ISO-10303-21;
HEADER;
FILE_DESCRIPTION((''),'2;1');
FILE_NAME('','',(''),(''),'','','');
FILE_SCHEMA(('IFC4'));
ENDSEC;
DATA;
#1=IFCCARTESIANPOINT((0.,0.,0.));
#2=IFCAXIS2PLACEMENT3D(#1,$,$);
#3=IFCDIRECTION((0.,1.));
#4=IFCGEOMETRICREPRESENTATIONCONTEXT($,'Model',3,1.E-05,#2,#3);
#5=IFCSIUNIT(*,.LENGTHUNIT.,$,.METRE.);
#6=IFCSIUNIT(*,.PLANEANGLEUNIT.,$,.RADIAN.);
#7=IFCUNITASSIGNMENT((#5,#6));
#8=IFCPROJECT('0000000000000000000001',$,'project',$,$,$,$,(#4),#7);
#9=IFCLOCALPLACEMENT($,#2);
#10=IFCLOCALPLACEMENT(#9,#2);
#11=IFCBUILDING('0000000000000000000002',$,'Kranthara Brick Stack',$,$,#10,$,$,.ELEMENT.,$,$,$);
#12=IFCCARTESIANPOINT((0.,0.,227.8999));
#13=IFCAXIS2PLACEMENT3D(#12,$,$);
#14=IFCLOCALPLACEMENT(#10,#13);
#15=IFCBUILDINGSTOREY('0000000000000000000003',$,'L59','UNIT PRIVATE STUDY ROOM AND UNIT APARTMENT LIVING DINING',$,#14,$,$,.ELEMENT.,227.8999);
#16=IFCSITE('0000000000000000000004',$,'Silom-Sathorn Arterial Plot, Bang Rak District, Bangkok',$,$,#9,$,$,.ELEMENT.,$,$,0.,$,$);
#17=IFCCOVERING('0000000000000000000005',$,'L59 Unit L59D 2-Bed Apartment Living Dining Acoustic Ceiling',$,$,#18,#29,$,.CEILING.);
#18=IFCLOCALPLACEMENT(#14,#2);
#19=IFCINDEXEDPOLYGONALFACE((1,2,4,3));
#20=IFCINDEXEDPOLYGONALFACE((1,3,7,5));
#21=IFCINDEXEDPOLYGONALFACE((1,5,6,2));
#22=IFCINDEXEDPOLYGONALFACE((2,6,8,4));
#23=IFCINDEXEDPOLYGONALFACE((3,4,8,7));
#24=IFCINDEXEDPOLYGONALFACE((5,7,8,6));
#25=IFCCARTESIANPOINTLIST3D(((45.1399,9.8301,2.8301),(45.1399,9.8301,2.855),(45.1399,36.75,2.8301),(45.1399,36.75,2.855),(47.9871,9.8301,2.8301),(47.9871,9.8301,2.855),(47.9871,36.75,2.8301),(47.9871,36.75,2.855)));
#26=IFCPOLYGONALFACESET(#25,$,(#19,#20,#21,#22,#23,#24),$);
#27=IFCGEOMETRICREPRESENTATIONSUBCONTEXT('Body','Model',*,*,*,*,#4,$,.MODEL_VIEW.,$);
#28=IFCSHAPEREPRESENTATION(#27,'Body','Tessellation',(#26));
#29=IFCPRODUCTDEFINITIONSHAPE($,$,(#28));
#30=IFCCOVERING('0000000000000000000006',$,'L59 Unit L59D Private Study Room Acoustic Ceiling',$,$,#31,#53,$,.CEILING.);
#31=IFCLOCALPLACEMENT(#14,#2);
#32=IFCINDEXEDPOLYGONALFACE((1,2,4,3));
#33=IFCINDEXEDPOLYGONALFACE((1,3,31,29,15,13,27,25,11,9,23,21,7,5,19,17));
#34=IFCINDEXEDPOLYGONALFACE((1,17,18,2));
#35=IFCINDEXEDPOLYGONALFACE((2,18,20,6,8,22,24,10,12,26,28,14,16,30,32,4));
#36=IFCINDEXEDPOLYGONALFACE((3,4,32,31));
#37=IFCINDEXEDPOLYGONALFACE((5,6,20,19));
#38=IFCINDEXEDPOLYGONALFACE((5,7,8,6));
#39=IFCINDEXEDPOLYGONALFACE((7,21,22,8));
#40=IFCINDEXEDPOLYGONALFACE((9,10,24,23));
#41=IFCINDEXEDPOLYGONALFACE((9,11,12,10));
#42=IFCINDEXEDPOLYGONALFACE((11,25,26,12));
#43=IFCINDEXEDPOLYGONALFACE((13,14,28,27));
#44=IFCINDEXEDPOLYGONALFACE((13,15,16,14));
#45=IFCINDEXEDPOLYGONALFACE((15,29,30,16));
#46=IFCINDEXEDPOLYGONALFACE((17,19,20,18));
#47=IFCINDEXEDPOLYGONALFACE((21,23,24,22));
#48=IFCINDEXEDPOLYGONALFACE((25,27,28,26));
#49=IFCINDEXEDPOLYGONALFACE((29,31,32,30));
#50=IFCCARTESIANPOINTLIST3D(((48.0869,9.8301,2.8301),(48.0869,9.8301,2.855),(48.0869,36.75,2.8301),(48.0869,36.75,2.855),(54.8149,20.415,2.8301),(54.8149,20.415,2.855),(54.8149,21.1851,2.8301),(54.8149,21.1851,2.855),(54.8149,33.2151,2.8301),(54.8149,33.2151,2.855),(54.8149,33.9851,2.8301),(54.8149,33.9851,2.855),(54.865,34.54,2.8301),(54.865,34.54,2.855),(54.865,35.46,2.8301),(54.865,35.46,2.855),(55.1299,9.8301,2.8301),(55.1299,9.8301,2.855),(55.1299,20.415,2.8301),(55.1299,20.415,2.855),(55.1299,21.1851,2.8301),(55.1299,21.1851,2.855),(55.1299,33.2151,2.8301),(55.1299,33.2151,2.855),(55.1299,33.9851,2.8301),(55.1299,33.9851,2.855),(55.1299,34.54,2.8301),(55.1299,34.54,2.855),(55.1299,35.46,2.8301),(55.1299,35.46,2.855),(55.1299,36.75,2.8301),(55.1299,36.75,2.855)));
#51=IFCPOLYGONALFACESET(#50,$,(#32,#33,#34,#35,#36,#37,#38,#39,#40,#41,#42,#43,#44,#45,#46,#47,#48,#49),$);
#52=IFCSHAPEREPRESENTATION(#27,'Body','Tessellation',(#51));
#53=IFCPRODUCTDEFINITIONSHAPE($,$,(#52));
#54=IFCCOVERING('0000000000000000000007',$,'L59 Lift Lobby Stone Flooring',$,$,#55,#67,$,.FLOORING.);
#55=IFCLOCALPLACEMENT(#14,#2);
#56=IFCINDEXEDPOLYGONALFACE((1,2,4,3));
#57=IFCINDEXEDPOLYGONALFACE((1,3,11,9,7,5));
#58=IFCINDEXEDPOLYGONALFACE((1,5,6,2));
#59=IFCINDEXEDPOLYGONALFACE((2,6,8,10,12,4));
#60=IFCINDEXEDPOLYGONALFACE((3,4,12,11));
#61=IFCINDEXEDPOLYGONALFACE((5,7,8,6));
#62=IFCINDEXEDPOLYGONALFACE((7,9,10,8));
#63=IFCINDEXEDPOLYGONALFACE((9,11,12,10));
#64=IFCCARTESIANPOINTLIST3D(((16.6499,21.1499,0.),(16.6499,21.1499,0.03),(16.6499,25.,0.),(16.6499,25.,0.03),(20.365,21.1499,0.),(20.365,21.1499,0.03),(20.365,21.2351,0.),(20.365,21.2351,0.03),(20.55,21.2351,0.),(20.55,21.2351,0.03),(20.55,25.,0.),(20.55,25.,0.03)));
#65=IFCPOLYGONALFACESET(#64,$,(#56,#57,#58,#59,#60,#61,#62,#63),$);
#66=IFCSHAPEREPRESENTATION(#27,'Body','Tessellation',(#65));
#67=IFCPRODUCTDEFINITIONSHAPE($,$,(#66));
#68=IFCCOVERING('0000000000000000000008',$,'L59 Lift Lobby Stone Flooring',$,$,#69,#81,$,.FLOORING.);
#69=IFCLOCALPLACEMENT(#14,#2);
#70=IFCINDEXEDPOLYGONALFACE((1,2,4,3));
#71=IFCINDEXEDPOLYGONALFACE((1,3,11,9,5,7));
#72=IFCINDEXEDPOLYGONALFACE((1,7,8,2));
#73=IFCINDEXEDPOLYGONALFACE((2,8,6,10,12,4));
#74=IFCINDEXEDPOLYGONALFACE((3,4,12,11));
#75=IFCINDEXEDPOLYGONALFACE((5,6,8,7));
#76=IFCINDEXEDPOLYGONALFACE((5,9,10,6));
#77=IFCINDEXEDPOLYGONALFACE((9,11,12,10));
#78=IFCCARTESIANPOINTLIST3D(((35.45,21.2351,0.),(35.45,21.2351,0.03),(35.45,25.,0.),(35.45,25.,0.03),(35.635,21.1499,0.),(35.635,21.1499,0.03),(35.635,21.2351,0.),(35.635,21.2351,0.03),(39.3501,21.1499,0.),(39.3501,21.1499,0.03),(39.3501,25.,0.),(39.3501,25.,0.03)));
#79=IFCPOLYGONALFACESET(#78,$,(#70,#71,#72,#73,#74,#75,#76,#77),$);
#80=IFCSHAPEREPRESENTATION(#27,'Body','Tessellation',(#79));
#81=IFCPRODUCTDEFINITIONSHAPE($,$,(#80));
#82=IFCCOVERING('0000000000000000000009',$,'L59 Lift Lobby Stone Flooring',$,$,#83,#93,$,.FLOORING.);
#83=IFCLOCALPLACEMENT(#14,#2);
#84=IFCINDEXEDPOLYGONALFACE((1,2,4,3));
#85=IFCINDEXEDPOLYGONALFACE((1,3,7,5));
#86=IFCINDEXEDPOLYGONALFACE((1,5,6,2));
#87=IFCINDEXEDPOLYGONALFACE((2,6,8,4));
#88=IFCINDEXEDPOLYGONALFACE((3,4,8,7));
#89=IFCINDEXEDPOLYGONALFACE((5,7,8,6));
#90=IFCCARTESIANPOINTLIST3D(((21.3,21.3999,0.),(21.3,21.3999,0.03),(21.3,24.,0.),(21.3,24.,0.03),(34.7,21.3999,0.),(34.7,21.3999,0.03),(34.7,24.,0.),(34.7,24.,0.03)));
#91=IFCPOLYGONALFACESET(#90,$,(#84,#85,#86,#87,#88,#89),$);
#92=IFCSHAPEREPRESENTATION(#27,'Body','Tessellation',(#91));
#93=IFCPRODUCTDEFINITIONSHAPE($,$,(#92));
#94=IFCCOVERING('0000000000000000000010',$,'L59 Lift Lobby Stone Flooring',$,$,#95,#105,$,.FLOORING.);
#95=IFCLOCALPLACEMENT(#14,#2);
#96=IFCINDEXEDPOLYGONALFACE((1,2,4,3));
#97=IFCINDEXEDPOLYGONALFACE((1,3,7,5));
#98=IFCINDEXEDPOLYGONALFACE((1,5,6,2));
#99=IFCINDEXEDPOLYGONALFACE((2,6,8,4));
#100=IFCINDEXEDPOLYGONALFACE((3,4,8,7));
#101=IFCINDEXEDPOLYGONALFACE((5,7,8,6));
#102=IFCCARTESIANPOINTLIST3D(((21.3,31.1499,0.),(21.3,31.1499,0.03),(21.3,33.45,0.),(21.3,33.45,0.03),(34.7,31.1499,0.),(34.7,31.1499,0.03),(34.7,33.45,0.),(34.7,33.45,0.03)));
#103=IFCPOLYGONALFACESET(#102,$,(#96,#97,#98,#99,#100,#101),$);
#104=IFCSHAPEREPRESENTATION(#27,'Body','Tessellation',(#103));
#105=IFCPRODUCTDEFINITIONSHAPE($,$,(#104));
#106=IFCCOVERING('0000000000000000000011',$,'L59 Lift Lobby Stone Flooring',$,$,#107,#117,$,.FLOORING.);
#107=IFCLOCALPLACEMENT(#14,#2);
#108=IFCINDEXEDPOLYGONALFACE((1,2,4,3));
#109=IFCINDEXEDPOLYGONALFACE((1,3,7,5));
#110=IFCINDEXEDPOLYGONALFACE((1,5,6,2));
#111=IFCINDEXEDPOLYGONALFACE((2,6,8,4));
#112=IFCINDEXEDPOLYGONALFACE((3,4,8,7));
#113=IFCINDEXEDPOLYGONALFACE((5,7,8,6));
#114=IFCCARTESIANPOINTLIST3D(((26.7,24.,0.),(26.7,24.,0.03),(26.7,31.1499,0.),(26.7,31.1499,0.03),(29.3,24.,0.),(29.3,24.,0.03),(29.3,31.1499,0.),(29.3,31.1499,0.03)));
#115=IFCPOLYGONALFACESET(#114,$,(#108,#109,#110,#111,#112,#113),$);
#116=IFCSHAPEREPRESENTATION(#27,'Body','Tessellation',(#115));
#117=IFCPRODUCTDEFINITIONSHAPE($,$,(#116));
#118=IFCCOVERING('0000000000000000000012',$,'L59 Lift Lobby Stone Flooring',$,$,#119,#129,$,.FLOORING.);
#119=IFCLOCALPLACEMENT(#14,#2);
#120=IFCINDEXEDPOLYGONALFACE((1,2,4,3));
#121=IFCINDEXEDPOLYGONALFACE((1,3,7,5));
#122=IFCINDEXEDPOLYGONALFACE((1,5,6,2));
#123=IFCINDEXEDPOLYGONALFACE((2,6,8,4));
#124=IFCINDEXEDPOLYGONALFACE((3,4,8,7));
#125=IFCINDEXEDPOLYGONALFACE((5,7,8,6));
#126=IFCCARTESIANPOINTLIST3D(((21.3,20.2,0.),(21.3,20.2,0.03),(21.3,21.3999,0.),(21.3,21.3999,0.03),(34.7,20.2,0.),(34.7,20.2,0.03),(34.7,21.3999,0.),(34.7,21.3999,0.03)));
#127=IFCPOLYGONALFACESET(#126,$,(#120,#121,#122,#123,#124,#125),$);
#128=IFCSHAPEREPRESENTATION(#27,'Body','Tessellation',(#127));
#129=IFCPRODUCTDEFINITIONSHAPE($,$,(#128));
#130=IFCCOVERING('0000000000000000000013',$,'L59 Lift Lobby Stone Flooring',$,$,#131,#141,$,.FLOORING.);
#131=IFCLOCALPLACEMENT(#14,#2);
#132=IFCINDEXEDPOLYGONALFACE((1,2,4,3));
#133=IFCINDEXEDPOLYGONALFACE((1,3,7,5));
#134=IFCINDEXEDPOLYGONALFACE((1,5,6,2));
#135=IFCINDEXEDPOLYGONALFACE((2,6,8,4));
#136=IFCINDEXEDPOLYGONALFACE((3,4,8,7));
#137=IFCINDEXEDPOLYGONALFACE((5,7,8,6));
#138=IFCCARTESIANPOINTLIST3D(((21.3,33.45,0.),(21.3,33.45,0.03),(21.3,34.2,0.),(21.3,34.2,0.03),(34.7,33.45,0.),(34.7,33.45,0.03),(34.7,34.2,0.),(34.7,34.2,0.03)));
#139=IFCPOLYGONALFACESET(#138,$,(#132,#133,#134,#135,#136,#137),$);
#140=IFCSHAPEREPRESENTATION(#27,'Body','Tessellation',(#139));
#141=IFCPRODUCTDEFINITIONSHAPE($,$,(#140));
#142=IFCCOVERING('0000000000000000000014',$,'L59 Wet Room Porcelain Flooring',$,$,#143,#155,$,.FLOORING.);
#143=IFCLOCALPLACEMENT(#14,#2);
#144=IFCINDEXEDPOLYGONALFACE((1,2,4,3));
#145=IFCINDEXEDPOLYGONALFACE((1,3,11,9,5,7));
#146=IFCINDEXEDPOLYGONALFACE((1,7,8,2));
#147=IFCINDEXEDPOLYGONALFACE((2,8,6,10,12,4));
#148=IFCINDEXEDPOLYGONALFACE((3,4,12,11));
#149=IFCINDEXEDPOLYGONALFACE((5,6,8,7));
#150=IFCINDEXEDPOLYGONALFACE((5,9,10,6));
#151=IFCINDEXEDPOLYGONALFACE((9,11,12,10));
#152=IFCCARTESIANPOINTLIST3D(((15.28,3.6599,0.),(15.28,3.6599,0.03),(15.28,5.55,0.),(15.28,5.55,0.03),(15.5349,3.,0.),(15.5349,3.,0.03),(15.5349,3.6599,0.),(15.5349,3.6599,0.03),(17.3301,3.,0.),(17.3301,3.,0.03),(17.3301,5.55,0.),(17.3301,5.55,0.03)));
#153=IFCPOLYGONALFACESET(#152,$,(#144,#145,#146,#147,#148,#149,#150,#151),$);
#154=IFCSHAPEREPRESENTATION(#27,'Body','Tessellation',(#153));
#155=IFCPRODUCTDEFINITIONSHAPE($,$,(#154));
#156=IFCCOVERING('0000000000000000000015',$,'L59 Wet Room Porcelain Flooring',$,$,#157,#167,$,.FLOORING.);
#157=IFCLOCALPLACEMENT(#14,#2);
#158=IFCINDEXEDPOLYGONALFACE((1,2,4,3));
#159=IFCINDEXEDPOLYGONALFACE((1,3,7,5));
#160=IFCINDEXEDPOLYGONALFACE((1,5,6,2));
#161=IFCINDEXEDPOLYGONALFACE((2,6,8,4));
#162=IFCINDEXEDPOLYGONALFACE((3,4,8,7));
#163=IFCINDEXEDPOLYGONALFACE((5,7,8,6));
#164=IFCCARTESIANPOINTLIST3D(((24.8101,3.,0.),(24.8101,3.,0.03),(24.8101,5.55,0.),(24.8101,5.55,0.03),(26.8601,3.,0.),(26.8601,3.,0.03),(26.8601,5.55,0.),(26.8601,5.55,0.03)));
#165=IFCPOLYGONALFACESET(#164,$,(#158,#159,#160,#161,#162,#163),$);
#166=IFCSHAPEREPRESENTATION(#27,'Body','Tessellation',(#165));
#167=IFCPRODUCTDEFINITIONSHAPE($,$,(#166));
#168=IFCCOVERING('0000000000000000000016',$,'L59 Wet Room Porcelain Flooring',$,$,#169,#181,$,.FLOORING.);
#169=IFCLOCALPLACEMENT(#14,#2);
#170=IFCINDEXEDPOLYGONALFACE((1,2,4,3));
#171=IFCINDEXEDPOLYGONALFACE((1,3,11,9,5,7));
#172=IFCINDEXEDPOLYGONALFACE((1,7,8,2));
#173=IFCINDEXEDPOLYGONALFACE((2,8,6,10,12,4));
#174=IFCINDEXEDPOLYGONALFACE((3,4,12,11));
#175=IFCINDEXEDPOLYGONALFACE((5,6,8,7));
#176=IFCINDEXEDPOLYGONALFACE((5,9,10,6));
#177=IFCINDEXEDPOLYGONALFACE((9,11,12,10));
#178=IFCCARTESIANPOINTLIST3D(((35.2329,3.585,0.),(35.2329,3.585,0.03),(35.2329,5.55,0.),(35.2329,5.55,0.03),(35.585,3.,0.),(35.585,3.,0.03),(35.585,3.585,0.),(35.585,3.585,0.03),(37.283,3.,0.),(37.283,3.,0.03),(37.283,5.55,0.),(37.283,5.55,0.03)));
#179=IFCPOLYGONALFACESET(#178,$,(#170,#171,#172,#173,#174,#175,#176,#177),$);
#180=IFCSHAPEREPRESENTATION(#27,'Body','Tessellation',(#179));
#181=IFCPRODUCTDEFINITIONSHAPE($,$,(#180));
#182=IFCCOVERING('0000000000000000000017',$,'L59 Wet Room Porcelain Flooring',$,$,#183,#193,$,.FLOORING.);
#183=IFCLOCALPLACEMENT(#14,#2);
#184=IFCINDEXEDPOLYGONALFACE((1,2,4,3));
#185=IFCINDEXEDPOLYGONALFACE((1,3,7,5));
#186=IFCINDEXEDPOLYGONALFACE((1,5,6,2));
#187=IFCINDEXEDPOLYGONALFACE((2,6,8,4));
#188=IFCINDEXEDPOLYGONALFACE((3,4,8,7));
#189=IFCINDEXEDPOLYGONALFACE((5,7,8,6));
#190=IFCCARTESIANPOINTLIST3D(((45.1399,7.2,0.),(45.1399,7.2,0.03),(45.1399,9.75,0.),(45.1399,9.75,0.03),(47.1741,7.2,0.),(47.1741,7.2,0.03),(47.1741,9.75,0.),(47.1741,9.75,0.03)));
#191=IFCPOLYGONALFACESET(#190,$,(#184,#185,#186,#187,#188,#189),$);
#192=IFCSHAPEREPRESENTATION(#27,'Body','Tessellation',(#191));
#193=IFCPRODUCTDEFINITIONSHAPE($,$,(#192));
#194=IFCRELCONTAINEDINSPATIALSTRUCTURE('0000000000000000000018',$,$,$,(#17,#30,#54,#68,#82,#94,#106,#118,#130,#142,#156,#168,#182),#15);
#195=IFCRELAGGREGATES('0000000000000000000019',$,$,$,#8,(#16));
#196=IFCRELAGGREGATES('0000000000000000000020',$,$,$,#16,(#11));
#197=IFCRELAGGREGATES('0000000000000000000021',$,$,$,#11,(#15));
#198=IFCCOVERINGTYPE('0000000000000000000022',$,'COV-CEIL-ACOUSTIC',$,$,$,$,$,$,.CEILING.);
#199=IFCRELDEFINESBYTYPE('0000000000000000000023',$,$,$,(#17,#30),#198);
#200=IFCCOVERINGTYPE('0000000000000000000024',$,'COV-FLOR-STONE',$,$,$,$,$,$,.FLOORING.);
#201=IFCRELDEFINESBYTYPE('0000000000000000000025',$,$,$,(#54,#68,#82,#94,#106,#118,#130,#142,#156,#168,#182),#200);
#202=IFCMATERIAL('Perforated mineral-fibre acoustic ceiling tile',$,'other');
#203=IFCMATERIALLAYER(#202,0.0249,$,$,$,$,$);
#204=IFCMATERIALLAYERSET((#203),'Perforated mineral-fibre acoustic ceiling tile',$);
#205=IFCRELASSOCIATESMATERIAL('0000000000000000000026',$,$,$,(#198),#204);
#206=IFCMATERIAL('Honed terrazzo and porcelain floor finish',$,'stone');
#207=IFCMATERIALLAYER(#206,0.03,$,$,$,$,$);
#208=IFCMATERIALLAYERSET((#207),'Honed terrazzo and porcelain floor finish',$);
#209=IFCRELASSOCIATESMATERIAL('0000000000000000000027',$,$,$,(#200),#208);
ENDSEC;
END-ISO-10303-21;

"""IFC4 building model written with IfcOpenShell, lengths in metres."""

from ifc_helpers import new_model, si_unit, direction, frame, origin, place, context, subcontext, project, spatial, polyline, outline, extrude, material, layer, layer_set, type_object, element, save


model = new_model("IFC4")

# Units and contexts
model_context = context("Model", 3, precision=1e-05, world=origin(), true_north=direction((0.0, 1.0)))
body_context = subcontext(model_context, "Body", "Model", "MODEL_VIEW")
ifc_project = project(units=[si_unit("LENGTHUNIT", "METRE"), si_unit("PLANEANGLEUNIT", "RADIAN")], contexts=[model_context])

# Site, building, storey
site_placement = place(None, origin())
site = spatial("IfcSite", under=ifc_project, at=site_placement, Name="Silom-Sathorn Arterial Plot, Bang Rak District, Bangkok", CompositionType="ELEMENT", RefElevation=0.0)
building_placement = place(site_placement, origin())
building = spatial("IfcBuilding", under=site, at=building_placement, Name="Kranthara Brick Stack", CompositionType="ELEMENT")
storey_placement = place(building_placement, frame((0.0, 0.0, 227.8999)))
storey = spatial("IfcBuildingStorey", under=building, at=storey_placement, Name="L59", Description="UNIT PRIVATE STUDY ROOM AND UNIT APARTMENT LIVING DINING", CompositionType="ELEMENT", Elevation=227.8999)

# Coverings
ifc_material_1 = material(Name="Perforated mineral-fibre acoustic ceiling tile", Category="other")
ifc_layer_1 = layer(ifc_material_1, 0.0249)
ifc_layer_set_1 = layer_set([ifc_layer_1], Name="Perforated mineral-fibre acoustic ceiling tile")
covering_type_1 = type_object("IfcCoveringType", Name="COV-CEIL-ACOUSTIC", PredefinedType="CEILING", material=ifc_layer_set_1)
covering_1_placement = place(storey_placement, frame((0.0, 0.0, 2.8301)))
element("IfcCovering", 1, at=covering_1_placement, inside=storey, type_object=covering_type_1, Name="L59 Unit L59D 2-Bed Apartment Living Dining Acoustic Ceiling", PredefinedType="CEILING", context=body_context, shape_type="SweptSolid", body=[
    extrude(outline(polyline([(47.9871, 9.8301), (47.9871, 36.75), (45.1399, 36.75), (45.1399, 9.8301), (47.9871, 9.8301)])), origin(), (0.0, 0.0, 1.0), 0.0249),
])
covering_2_placement = place(storey_placement, frame((0.0, 0.0, 2.8301)))
element("IfcCovering", 2, at=covering_2_placement, inside=storey, type_object=covering_type_1, Name="L59 Unit L59D Private Study Room Acoustic Ceiling", PredefinedType="CEILING", context=body_context, shape_type="SweptSolid", body=[
    extrude(outline(polyline([(48.0869, 36.75), (55.1299, 36.75), (55.1299, 35.46), (54.865, 35.46), (54.865, 34.54), (55.1299, 34.54), (55.1299, 33.9851), (54.8149, 33.9851), (54.8149, 33.2151), (55.1299, 33.2151), (55.1299, 21.1851), (54.8149, 21.1851), (54.8149, 20.415), (55.1299, 20.415), (55.1299, 9.8301), (48.0869, 9.8301), (48.0869, 36.75)])), origin(), (0.0, 0.0, 1.0), 0.0249),
])
ifc_material_2 = material(Name="Honed terrazzo and porcelain floor finish", Category="stone")
ifc_layer_2 = layer(ifc_material_2, 0.03)
ifc_layer_set_2 = layer_set([ifc_layer_2], Name="Honed terrazzo and porcelain floor finish")
covering_type_2 = type_object("IfcCoveringType", Name="COV-FLOR-STONE", PredefinedType="FLOORING", material=ifc_layer_set_2)
covering_3_placement = place(storey_placement, origin())
element("IfcCovering", 3, at=covering_3_placement, inside=storey, type_object=covering_type_2, Name="L59 Lift Lobby Stone Flooring", PredefinedType="FLOORING", context=body_context, shape_type="SweptSolid", body=[
    extrude(outline(polyline([(16.6499, 21.1499), (16.6499, 25.0), (20.55, 25.0), (20.55, 21.2351), (20.365, 21.2351), (20.365, 21.1499), (16.6499, 21.1499)])), origin(), (0.0, 0.0, 1.0), 0.03),
])
covering_4_placement = place(storey_placement, origin())
element("IfcCovering", 4, at=covering_4_placement, inside=storey, type_object=covering_type_2, Name="L59 Lift Lobby Stone Flooring", PredefinedType="FLOORING", context=body_context, shape_type="SweptSolid", body=[
    extrude(outline(polyline([(35.45, 25.0), (39.3501, 25.0), (39.3501, 21.1499), (35.635, 21.1499), (35.635, 21.2351), (35.45, 21.2351), (35.45, 25.0)])), origin(), (0.0, 0.0, 1.0), 0.03),
])
covering_5_placement = place(storey_placement, origin())
element("IfcCovering", 5, at=covering_5_placement, inside=storey, type_object=covering_type_2, Name="L59 Lift Lobby Stone Flooring", PredefinedType="FLOORING", context=body_context, shape_type="SweptSolid", body=[
    extrude(outline(polyline([(34.7, 21.3999), (34.7, 24.0), (21.3, 24.0), (21.3, 21.3999), (34.7, 21.3999)])), origin(), (0.0, 0.0, 1.0), 0.03),
])
covering_6_placement = place(storey_placement, origin())
element("IfcCovering", 6, at=covering_6_placement, inside=storey, type_object=covering_type_2, Name="L59 Lift Lobby Stone Flooring", PredefinedType="FLOORING", context=body_context, shape_type="SweptSolid", body=[
    extrude(outline(polyline([(34.7, 31.1499), (34.7, 33.45), (21.3, 33.45), (21.3, 31.1499), (34.7, 31.1499)])), origin(), (0.0, 0.0, 1.0), 0.03),
])
covering_7_placement = place(storey_placement, origin())
element("IfcCovering", 7, at=covering_7_placement, inside=storey, type_object=covering_type_2, Name="L59 Lift Lobby Stone Flooring", PredefinedType="FLOORING", context=body_context, shape_type="SweptSolid", body=[
    extrude(outline(polyline([(29.3, 24.0), (26.7, 24.0), (26.7, 31.1499), (29.3, 31.1499), (29.3, 24.0)])), origin(), (0.0, 0.0, 1.0), 0.03),
])
covering_8_placement = place(storey_placement, origin())
element("IfcCovering", 8, at=covering_8_placement, inside=storey, type_object=covering_type_2, Name="L59 Lift Lobby Stone Flooring", PredefinedType="FLOORING", context=body_context, shape_type="SweptSolid", body=[
    extrude(outline(polyline([(34.7, 20.2), (21.3, 20.2), (21.3, 21.3999), (34.7, 21.3999), (34.7, 20.2)])), origin(), (0.0, 0.0, 1.0), 0.03),
])
covering_9_placement = place(storey_placement, origin())
element("IfcCovering", 9, at=covering_9_placement, inside=storey, type_object=covering_type_2, Name="L59 Lift Lobby Stone Flooring", PredefinedType="FLOORING", context=body_context, shape_type="SweptSolid", body=[
    extrude(outline(polyline([(34.7, 33.45), (21.3, 33.45), (21.3, 34.2), (34.7, 34.2), (34.7, 33.45)])), origin(), (0.0, 0.0, 1.0), 0.03),
])
covering_10_placement = place(storey_placement, origin())
element("IfcCovering", 10, at=covering_10_placement, inside=storey, type_object=covering_type_2, Name="L59 Wet Room Porcelain Flooring", PredefinedType="FLOORING", context=body_context, shape_type="SweptSolid", body=[
    extrude(outline(polyline([(15.28, 5.55), (17.3301, 5.55), (17.3301, 3.0), (15.5349, 3.0), (15.5349, 3.6599), (15.28, 3.6599), (15.28, 5.55)])), origin(), (0.0, 0.0, 1.0), 0.03),
])
covering_11_placement = place(storey_placement, origin())
element("IfcCovering", 11, at=covering_11_placement, inside=storey, type_object=covering_type_2, Name="L59 Wet Room Porcelain Flooring", PredefinedType="FLOORING", context=body_context, shape_type="SweptSolid", body=[
    extrude(outline(polyline([(26.8601, 3.0), (26.8601, 5.55), (24.8101, 5.55), (24.8101, 3.0), (26.8601, 3.0)])), origin(), (0.0, 0.0, 1.0), 0.03),
])
covering_12_placement = place(storey_placement, origin())
element("IfcCovering", 12, at=covering_12_placement, inside=storey, type_object=covering_type_2, Name="L59 Wet Room Porcelain Flooring", PredefinedType="FLOORING", context=body_context, shape_type="SweptSolid", body=[
    extrude(outline(polyline([(35.2329, 5.55), (37.283, 5.55), (37.283, 3.0), (35.585, 3.0), (35.585, 3.585), (35.2329, 3.585), (35.2329, 5.55)])), origin(), (0.0, 0.0, 1.0), 0.03),
])
covering_13_placement = place(storey_placement, origin())
element("IfcCovering", 13, at=covering_13_placement, inside=storey, type_object=covering_type_2, Name="L59 Wet Room Porcelain Flooring", PredefinedType="FLOORING", context=body_context, shape_type="SweptSolid", body=[
    extrude(outline(polyline([(47.1741, 7.2), (47.1741, 9.75), (45.1399, 9.75), (45.1399, 7.2), (47.1741, 7.2)])), origin(), (0.0, 0.0, 1.0), 0.03),
])

save(model, "model.ifc")
